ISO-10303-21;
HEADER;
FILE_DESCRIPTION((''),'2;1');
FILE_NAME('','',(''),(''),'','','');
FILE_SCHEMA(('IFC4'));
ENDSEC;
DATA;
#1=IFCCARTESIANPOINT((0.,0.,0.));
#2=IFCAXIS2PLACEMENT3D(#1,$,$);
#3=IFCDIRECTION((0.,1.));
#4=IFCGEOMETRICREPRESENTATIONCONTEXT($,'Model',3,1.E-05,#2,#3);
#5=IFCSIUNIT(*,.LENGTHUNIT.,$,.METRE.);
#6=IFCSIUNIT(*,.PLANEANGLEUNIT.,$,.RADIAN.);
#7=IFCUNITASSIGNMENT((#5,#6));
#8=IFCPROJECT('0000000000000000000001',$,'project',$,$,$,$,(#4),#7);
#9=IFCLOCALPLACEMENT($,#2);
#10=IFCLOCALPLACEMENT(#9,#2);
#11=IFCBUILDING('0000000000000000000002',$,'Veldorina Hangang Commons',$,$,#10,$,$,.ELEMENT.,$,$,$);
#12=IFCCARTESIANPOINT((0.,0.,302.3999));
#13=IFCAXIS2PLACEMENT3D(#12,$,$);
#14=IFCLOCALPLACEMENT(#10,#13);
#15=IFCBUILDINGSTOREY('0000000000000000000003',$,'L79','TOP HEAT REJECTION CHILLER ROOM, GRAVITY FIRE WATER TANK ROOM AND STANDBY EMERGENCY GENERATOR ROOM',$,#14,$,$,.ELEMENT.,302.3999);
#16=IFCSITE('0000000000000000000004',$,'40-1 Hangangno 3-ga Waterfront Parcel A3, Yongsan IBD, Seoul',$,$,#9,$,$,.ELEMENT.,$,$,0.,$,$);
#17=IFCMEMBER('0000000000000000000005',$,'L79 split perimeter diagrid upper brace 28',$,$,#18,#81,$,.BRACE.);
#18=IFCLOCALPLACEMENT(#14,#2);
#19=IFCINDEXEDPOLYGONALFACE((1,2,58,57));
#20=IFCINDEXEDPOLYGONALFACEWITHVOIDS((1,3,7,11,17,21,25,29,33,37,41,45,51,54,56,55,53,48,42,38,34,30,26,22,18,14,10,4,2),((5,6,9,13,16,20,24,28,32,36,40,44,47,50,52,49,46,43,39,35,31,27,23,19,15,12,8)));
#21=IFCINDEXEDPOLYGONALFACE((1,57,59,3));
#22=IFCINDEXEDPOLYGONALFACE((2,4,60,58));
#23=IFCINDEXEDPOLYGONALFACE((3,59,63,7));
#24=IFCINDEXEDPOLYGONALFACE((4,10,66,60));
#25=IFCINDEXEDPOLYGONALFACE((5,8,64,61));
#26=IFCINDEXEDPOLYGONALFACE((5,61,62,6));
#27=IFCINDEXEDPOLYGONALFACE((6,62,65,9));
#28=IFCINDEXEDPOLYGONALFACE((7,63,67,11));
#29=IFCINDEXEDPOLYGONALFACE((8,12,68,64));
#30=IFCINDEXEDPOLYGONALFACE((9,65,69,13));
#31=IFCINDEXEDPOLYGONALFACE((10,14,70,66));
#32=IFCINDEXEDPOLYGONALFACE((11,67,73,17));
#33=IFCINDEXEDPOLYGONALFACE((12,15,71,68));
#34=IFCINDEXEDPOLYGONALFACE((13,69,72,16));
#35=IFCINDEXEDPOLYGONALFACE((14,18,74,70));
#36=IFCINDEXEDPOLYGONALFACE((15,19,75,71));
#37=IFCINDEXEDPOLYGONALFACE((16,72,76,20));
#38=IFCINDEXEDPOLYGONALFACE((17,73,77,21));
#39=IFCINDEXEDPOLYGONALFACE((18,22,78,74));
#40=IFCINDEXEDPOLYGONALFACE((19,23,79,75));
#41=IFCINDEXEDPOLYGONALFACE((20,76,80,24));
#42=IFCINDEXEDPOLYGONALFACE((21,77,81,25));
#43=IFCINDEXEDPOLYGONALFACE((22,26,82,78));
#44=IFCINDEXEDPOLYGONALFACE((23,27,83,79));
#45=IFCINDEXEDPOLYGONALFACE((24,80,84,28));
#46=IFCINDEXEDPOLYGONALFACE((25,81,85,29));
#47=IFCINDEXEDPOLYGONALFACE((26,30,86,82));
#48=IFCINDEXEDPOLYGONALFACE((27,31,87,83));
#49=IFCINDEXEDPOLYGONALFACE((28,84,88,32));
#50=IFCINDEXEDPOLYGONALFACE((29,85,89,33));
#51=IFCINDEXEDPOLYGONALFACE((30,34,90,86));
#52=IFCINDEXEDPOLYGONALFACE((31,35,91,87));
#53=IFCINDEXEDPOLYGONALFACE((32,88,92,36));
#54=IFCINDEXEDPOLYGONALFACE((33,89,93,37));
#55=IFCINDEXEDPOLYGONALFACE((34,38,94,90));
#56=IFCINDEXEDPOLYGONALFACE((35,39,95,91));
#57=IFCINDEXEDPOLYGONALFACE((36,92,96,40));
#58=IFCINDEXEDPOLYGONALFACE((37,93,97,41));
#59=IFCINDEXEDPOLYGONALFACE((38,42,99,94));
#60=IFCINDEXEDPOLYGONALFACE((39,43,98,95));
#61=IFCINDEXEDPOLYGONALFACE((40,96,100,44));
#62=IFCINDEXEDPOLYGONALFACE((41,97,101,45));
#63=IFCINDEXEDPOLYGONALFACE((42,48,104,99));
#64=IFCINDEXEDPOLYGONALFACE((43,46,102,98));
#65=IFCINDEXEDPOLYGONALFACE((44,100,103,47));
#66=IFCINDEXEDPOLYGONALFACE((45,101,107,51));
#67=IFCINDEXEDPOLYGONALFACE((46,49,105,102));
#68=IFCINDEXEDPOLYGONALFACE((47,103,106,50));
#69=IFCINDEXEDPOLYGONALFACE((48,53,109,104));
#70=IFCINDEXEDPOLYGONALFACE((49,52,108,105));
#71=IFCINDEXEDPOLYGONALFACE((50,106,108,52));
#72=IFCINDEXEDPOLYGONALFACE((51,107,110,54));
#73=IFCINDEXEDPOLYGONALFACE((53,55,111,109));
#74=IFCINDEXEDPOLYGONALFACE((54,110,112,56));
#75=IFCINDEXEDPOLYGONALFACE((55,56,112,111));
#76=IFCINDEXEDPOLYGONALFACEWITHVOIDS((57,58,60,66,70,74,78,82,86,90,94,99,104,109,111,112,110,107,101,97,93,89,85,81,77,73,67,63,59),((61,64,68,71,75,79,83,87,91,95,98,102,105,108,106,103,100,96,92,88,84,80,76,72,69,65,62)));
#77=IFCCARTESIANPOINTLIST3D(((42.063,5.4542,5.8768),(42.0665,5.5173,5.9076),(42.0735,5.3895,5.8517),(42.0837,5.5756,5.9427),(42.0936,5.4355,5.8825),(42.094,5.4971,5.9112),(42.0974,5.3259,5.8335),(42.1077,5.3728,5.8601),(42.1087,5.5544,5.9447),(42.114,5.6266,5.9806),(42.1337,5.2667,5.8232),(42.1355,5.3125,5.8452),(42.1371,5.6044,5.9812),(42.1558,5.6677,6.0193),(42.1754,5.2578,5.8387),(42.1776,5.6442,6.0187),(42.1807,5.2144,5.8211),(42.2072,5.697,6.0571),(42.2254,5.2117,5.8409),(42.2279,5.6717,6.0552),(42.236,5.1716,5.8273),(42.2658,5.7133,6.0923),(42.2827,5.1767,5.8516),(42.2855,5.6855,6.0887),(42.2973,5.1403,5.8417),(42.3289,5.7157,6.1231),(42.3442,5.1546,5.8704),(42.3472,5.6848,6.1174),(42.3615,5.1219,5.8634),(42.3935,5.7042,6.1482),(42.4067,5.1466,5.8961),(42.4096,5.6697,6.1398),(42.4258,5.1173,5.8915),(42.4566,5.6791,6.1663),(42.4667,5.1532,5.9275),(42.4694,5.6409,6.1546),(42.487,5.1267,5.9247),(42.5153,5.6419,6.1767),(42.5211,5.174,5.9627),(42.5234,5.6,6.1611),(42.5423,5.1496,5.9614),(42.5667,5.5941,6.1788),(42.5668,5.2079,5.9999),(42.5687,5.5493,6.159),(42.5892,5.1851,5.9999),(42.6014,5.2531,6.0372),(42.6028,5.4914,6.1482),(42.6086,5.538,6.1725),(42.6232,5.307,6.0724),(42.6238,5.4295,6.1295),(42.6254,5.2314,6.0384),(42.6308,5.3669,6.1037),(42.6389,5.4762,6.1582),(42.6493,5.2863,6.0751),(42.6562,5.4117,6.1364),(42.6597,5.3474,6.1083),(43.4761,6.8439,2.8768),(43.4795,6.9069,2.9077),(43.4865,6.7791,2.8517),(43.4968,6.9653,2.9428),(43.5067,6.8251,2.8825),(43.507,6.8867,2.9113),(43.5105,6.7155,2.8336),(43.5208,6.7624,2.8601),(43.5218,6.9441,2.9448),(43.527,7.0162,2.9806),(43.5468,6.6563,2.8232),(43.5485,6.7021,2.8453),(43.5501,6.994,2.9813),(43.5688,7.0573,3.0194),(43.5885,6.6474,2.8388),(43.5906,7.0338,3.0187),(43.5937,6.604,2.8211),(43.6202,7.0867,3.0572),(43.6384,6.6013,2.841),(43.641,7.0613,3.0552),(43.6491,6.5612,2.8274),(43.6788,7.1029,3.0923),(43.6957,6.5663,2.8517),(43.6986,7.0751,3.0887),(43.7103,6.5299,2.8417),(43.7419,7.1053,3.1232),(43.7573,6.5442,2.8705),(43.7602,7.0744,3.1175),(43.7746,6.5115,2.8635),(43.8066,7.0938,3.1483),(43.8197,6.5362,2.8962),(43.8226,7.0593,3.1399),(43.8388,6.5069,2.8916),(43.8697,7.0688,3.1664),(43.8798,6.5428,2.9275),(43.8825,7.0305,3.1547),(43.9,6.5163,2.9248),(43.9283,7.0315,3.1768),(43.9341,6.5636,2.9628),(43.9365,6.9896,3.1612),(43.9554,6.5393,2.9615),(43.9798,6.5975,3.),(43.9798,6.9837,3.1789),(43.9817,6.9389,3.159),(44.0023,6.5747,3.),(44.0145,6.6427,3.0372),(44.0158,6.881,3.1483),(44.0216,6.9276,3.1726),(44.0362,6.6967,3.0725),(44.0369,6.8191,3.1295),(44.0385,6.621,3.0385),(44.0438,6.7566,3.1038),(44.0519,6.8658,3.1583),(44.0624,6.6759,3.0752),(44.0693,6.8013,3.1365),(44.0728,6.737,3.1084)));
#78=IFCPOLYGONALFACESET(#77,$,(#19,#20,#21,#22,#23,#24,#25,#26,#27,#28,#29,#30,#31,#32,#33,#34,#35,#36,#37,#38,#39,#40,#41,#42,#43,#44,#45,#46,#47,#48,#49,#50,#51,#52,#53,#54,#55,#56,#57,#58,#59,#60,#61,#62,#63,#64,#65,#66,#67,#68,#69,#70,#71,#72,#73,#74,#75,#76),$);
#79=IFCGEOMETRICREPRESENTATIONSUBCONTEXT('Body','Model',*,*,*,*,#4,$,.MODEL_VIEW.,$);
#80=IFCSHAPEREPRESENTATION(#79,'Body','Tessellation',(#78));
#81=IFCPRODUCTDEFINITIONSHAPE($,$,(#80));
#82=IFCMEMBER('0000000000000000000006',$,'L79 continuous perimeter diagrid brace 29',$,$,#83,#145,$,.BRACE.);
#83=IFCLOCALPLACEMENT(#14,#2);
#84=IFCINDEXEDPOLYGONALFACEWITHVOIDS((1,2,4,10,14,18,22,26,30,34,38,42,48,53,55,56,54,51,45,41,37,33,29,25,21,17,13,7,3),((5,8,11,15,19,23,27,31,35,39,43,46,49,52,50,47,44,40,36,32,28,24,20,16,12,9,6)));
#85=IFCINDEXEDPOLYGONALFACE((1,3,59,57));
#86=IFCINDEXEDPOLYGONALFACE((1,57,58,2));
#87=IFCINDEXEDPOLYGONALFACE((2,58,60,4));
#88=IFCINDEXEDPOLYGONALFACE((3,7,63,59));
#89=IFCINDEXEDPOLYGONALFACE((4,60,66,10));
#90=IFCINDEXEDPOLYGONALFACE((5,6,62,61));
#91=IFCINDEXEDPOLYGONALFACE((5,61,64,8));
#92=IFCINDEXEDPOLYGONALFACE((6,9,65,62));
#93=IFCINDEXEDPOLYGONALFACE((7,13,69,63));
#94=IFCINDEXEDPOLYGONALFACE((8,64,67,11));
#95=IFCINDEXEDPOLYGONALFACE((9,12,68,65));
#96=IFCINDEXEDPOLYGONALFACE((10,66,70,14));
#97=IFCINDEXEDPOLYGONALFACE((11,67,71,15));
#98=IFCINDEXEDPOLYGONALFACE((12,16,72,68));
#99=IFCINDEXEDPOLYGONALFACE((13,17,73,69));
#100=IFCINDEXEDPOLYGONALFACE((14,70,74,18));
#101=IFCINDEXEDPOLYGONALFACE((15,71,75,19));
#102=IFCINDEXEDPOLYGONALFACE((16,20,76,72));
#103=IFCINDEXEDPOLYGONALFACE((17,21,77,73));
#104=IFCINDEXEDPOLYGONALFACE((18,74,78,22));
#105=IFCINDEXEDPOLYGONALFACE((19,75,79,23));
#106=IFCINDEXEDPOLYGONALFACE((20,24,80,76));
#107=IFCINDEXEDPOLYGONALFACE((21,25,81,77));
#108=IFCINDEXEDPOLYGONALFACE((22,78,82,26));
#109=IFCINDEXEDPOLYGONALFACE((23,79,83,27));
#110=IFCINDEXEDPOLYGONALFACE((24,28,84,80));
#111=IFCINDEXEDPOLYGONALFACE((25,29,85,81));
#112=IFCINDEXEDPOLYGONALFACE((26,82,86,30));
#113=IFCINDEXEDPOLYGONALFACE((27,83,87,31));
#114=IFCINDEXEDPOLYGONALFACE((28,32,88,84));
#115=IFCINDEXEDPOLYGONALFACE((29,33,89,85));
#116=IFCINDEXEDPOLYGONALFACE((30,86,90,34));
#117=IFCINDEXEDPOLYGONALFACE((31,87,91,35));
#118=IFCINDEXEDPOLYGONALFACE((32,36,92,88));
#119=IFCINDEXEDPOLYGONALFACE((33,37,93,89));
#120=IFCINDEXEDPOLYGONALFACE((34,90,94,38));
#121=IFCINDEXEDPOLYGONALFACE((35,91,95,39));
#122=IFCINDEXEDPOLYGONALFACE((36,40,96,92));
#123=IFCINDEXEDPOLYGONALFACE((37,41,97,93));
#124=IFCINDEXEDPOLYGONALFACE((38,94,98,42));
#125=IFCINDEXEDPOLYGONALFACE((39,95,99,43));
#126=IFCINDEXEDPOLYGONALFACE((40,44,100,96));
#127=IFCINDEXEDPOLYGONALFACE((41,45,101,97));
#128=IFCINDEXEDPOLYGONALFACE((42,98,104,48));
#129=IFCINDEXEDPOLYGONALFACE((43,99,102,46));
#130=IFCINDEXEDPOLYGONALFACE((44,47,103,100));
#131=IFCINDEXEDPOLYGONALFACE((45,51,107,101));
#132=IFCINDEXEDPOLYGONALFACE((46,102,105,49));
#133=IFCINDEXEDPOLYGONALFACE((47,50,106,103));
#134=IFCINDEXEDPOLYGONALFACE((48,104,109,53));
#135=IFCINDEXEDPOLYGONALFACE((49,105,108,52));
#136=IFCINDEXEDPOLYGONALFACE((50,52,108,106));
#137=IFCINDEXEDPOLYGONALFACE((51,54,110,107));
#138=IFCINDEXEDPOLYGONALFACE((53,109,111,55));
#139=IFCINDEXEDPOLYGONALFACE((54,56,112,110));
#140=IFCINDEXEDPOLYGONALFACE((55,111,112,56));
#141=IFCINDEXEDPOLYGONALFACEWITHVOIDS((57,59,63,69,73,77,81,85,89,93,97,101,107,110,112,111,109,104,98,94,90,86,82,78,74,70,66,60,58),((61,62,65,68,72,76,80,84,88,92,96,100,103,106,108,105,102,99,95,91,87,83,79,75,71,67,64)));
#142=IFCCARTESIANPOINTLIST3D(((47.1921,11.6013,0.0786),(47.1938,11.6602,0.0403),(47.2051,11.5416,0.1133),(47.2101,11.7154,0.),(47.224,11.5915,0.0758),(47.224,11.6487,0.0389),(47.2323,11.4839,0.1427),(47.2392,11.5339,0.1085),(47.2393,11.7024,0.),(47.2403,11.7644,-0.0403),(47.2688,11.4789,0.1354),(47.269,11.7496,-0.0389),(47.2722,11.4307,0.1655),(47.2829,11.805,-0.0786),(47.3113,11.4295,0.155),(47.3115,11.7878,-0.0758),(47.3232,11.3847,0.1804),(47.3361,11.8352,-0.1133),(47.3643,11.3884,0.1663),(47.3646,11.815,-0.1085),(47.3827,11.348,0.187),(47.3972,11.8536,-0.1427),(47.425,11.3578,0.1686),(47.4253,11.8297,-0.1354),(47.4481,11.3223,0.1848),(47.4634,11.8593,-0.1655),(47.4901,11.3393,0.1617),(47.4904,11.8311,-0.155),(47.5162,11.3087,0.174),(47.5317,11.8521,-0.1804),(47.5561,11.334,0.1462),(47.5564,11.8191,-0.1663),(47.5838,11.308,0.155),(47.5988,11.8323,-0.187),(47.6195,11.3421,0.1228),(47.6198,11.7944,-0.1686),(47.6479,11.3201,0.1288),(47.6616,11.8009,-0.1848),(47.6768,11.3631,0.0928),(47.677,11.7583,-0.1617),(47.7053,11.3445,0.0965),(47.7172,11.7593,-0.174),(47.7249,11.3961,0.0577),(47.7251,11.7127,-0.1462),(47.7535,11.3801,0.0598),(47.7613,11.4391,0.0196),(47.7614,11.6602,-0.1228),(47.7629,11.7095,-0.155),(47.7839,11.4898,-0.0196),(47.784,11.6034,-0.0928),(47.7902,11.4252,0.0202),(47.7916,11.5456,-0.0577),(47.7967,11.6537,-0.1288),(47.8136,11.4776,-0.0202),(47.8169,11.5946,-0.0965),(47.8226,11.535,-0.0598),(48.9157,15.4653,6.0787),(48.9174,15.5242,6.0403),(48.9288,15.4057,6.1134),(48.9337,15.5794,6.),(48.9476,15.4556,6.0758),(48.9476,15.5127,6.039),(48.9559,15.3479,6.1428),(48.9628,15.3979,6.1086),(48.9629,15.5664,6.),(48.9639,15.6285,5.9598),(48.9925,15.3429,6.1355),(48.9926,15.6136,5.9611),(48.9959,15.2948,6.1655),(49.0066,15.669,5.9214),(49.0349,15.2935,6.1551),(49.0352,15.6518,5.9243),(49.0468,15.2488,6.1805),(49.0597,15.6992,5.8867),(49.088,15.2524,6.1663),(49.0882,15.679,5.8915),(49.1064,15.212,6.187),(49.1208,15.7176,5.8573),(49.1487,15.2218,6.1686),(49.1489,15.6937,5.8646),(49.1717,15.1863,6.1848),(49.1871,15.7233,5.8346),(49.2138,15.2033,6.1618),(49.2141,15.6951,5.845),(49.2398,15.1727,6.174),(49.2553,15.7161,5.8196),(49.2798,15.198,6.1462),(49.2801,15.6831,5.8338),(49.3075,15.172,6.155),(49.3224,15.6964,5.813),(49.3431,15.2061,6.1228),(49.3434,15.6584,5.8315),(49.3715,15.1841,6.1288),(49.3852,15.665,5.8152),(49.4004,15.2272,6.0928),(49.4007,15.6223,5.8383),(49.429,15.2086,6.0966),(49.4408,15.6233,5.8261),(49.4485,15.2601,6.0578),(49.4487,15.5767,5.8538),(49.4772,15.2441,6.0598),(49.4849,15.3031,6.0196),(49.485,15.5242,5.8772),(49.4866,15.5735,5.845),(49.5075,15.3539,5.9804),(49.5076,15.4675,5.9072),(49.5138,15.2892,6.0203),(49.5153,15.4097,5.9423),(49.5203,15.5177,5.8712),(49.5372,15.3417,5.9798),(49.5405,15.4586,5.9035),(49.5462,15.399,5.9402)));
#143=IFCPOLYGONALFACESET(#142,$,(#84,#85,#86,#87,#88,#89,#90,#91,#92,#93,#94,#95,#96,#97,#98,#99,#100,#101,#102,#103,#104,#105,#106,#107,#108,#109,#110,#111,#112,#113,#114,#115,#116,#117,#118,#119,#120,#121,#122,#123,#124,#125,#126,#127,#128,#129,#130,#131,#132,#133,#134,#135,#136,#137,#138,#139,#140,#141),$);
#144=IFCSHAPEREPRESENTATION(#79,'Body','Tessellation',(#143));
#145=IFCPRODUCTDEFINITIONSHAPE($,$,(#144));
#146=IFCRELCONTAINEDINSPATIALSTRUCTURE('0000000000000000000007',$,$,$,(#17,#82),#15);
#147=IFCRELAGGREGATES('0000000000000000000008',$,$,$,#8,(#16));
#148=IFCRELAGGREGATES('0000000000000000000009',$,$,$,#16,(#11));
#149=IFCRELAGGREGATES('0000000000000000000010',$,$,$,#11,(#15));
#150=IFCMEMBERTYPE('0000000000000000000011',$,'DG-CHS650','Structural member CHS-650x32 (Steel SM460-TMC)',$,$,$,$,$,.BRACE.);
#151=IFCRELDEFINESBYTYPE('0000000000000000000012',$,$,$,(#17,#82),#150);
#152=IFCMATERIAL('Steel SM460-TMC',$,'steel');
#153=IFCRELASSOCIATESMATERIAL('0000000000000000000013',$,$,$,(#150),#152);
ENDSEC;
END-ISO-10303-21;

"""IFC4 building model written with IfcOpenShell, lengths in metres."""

from ifc_helpers import new_model, si_unit, direction, frame, origin, origin_2d, place, context, subcontext, project, spatial, hollow_circle, extrude, material, material_profile, profile_set, type_object, element, save


model = new_model("IFC4")

# Units and contexts
model_context = context("Model", 3, precision=1e-05, world=origin(), true_north=direction((0.0, 1.0)))
body_context = subcontext(model_context, "Body", "Model", "MODEL_VIEW")
ifc_project = project(units=[si_unit("LENGTHUNIT", "METRE"), si_unit("PLANEANGLEUNIT", "RADIAN")], contexts=[model_context])

# Site, building, storey
site_placement = place(None, origin())
site = spatial("IfcSite", under=ifc_project, at=site_placement, Name="40-1 Hangangno 3-ga Waterfront Parcel A3, Yongsan IBD, Seoul", CompositionType="ELEMENT", RefElevation=0.0)
building_placement = place(site_placement, origin())
building = spatial("IfcBuilding", under=site, at=building_placement, Name="Veldorina Hangang Commons", CompositionType="ELEMENT")
storey_placement = place(building_placement, frame((0.0, 0.0, 302.3999)))
storey = spatial("IfcBuildingStorey", under=building, at=storey_placement, Name="L79", Description="TOP HEAT REJECTION CHILLER ROOM, GRAVITY FIRE WATER TANK ROOM AND STANDBY EMERGENCY GENERATOR ROOM", CompositionType="ELEMENT", Elevation=302.3999)

# Shared definitions
ifc_material_1 = material(Name="Steel SM460-TMC", Category="steel")

# Members
ifc_material_profile_1 = material_profile(ifc_material_1, hollow_circle(Radius=0.325, WallThickness=0.032, at=origin_2d()), Name="CHS-650x32")
ifc_profile_set_1 = profile_set([ifc_material_profile_1], Name="Steel SM460-TMC")
member_type_1 = type_object("IfcMemberType", Name="DG-CHS650", Description="Structural member CHS-650x32 (Steel SM460-TMC)", PredefinedType="BRACE", material=ifc_profile_set_1)
member_1_placement = place(storey_placement, frame((43.7744, 6.8064, 3.0), z_axis=(-0.39301, -0.386492, 0.834366), x_axis=(0.701169, -0.712995, 0.0)))
element("IfcMember", 1, at=member_1_placement, inside=storey, type_object=member_type_1, Name="L79 split perimeter diagrid upper brace 28", PredefinedType="BRACE", context=body_context, shape_type="SweptSolid", body=[
    extrude(hollow_circle(Radius=0.325, WallThickness=0.032, at=origin_2d()), origin(), (0.0, 0.0, 1.0), 3.5955),
])
member_2_placement = place(storey_placement, frame((47.5068, 11.583, 0.0), z_axis=(0.234771, 0.526306, 0.817242), x_axis=(-0.913259, 0.40738, 0.0)))
element("IfcMember", 2, at=member_2_placement, inside=storey, type_object=member_type_1, Name="L79 continuous perimeter diagrid brace 29", PredefinedType="BRACE", context=body_context, shape_type="SweptSolid", body=[
    extrude(hollow_circle(Radius=0.325, WallThickness=0.032, at=origin_2d()), origin(), (0.0, 0.0, 1.0), 7.3418),
])

save(model, "model.ifc")
